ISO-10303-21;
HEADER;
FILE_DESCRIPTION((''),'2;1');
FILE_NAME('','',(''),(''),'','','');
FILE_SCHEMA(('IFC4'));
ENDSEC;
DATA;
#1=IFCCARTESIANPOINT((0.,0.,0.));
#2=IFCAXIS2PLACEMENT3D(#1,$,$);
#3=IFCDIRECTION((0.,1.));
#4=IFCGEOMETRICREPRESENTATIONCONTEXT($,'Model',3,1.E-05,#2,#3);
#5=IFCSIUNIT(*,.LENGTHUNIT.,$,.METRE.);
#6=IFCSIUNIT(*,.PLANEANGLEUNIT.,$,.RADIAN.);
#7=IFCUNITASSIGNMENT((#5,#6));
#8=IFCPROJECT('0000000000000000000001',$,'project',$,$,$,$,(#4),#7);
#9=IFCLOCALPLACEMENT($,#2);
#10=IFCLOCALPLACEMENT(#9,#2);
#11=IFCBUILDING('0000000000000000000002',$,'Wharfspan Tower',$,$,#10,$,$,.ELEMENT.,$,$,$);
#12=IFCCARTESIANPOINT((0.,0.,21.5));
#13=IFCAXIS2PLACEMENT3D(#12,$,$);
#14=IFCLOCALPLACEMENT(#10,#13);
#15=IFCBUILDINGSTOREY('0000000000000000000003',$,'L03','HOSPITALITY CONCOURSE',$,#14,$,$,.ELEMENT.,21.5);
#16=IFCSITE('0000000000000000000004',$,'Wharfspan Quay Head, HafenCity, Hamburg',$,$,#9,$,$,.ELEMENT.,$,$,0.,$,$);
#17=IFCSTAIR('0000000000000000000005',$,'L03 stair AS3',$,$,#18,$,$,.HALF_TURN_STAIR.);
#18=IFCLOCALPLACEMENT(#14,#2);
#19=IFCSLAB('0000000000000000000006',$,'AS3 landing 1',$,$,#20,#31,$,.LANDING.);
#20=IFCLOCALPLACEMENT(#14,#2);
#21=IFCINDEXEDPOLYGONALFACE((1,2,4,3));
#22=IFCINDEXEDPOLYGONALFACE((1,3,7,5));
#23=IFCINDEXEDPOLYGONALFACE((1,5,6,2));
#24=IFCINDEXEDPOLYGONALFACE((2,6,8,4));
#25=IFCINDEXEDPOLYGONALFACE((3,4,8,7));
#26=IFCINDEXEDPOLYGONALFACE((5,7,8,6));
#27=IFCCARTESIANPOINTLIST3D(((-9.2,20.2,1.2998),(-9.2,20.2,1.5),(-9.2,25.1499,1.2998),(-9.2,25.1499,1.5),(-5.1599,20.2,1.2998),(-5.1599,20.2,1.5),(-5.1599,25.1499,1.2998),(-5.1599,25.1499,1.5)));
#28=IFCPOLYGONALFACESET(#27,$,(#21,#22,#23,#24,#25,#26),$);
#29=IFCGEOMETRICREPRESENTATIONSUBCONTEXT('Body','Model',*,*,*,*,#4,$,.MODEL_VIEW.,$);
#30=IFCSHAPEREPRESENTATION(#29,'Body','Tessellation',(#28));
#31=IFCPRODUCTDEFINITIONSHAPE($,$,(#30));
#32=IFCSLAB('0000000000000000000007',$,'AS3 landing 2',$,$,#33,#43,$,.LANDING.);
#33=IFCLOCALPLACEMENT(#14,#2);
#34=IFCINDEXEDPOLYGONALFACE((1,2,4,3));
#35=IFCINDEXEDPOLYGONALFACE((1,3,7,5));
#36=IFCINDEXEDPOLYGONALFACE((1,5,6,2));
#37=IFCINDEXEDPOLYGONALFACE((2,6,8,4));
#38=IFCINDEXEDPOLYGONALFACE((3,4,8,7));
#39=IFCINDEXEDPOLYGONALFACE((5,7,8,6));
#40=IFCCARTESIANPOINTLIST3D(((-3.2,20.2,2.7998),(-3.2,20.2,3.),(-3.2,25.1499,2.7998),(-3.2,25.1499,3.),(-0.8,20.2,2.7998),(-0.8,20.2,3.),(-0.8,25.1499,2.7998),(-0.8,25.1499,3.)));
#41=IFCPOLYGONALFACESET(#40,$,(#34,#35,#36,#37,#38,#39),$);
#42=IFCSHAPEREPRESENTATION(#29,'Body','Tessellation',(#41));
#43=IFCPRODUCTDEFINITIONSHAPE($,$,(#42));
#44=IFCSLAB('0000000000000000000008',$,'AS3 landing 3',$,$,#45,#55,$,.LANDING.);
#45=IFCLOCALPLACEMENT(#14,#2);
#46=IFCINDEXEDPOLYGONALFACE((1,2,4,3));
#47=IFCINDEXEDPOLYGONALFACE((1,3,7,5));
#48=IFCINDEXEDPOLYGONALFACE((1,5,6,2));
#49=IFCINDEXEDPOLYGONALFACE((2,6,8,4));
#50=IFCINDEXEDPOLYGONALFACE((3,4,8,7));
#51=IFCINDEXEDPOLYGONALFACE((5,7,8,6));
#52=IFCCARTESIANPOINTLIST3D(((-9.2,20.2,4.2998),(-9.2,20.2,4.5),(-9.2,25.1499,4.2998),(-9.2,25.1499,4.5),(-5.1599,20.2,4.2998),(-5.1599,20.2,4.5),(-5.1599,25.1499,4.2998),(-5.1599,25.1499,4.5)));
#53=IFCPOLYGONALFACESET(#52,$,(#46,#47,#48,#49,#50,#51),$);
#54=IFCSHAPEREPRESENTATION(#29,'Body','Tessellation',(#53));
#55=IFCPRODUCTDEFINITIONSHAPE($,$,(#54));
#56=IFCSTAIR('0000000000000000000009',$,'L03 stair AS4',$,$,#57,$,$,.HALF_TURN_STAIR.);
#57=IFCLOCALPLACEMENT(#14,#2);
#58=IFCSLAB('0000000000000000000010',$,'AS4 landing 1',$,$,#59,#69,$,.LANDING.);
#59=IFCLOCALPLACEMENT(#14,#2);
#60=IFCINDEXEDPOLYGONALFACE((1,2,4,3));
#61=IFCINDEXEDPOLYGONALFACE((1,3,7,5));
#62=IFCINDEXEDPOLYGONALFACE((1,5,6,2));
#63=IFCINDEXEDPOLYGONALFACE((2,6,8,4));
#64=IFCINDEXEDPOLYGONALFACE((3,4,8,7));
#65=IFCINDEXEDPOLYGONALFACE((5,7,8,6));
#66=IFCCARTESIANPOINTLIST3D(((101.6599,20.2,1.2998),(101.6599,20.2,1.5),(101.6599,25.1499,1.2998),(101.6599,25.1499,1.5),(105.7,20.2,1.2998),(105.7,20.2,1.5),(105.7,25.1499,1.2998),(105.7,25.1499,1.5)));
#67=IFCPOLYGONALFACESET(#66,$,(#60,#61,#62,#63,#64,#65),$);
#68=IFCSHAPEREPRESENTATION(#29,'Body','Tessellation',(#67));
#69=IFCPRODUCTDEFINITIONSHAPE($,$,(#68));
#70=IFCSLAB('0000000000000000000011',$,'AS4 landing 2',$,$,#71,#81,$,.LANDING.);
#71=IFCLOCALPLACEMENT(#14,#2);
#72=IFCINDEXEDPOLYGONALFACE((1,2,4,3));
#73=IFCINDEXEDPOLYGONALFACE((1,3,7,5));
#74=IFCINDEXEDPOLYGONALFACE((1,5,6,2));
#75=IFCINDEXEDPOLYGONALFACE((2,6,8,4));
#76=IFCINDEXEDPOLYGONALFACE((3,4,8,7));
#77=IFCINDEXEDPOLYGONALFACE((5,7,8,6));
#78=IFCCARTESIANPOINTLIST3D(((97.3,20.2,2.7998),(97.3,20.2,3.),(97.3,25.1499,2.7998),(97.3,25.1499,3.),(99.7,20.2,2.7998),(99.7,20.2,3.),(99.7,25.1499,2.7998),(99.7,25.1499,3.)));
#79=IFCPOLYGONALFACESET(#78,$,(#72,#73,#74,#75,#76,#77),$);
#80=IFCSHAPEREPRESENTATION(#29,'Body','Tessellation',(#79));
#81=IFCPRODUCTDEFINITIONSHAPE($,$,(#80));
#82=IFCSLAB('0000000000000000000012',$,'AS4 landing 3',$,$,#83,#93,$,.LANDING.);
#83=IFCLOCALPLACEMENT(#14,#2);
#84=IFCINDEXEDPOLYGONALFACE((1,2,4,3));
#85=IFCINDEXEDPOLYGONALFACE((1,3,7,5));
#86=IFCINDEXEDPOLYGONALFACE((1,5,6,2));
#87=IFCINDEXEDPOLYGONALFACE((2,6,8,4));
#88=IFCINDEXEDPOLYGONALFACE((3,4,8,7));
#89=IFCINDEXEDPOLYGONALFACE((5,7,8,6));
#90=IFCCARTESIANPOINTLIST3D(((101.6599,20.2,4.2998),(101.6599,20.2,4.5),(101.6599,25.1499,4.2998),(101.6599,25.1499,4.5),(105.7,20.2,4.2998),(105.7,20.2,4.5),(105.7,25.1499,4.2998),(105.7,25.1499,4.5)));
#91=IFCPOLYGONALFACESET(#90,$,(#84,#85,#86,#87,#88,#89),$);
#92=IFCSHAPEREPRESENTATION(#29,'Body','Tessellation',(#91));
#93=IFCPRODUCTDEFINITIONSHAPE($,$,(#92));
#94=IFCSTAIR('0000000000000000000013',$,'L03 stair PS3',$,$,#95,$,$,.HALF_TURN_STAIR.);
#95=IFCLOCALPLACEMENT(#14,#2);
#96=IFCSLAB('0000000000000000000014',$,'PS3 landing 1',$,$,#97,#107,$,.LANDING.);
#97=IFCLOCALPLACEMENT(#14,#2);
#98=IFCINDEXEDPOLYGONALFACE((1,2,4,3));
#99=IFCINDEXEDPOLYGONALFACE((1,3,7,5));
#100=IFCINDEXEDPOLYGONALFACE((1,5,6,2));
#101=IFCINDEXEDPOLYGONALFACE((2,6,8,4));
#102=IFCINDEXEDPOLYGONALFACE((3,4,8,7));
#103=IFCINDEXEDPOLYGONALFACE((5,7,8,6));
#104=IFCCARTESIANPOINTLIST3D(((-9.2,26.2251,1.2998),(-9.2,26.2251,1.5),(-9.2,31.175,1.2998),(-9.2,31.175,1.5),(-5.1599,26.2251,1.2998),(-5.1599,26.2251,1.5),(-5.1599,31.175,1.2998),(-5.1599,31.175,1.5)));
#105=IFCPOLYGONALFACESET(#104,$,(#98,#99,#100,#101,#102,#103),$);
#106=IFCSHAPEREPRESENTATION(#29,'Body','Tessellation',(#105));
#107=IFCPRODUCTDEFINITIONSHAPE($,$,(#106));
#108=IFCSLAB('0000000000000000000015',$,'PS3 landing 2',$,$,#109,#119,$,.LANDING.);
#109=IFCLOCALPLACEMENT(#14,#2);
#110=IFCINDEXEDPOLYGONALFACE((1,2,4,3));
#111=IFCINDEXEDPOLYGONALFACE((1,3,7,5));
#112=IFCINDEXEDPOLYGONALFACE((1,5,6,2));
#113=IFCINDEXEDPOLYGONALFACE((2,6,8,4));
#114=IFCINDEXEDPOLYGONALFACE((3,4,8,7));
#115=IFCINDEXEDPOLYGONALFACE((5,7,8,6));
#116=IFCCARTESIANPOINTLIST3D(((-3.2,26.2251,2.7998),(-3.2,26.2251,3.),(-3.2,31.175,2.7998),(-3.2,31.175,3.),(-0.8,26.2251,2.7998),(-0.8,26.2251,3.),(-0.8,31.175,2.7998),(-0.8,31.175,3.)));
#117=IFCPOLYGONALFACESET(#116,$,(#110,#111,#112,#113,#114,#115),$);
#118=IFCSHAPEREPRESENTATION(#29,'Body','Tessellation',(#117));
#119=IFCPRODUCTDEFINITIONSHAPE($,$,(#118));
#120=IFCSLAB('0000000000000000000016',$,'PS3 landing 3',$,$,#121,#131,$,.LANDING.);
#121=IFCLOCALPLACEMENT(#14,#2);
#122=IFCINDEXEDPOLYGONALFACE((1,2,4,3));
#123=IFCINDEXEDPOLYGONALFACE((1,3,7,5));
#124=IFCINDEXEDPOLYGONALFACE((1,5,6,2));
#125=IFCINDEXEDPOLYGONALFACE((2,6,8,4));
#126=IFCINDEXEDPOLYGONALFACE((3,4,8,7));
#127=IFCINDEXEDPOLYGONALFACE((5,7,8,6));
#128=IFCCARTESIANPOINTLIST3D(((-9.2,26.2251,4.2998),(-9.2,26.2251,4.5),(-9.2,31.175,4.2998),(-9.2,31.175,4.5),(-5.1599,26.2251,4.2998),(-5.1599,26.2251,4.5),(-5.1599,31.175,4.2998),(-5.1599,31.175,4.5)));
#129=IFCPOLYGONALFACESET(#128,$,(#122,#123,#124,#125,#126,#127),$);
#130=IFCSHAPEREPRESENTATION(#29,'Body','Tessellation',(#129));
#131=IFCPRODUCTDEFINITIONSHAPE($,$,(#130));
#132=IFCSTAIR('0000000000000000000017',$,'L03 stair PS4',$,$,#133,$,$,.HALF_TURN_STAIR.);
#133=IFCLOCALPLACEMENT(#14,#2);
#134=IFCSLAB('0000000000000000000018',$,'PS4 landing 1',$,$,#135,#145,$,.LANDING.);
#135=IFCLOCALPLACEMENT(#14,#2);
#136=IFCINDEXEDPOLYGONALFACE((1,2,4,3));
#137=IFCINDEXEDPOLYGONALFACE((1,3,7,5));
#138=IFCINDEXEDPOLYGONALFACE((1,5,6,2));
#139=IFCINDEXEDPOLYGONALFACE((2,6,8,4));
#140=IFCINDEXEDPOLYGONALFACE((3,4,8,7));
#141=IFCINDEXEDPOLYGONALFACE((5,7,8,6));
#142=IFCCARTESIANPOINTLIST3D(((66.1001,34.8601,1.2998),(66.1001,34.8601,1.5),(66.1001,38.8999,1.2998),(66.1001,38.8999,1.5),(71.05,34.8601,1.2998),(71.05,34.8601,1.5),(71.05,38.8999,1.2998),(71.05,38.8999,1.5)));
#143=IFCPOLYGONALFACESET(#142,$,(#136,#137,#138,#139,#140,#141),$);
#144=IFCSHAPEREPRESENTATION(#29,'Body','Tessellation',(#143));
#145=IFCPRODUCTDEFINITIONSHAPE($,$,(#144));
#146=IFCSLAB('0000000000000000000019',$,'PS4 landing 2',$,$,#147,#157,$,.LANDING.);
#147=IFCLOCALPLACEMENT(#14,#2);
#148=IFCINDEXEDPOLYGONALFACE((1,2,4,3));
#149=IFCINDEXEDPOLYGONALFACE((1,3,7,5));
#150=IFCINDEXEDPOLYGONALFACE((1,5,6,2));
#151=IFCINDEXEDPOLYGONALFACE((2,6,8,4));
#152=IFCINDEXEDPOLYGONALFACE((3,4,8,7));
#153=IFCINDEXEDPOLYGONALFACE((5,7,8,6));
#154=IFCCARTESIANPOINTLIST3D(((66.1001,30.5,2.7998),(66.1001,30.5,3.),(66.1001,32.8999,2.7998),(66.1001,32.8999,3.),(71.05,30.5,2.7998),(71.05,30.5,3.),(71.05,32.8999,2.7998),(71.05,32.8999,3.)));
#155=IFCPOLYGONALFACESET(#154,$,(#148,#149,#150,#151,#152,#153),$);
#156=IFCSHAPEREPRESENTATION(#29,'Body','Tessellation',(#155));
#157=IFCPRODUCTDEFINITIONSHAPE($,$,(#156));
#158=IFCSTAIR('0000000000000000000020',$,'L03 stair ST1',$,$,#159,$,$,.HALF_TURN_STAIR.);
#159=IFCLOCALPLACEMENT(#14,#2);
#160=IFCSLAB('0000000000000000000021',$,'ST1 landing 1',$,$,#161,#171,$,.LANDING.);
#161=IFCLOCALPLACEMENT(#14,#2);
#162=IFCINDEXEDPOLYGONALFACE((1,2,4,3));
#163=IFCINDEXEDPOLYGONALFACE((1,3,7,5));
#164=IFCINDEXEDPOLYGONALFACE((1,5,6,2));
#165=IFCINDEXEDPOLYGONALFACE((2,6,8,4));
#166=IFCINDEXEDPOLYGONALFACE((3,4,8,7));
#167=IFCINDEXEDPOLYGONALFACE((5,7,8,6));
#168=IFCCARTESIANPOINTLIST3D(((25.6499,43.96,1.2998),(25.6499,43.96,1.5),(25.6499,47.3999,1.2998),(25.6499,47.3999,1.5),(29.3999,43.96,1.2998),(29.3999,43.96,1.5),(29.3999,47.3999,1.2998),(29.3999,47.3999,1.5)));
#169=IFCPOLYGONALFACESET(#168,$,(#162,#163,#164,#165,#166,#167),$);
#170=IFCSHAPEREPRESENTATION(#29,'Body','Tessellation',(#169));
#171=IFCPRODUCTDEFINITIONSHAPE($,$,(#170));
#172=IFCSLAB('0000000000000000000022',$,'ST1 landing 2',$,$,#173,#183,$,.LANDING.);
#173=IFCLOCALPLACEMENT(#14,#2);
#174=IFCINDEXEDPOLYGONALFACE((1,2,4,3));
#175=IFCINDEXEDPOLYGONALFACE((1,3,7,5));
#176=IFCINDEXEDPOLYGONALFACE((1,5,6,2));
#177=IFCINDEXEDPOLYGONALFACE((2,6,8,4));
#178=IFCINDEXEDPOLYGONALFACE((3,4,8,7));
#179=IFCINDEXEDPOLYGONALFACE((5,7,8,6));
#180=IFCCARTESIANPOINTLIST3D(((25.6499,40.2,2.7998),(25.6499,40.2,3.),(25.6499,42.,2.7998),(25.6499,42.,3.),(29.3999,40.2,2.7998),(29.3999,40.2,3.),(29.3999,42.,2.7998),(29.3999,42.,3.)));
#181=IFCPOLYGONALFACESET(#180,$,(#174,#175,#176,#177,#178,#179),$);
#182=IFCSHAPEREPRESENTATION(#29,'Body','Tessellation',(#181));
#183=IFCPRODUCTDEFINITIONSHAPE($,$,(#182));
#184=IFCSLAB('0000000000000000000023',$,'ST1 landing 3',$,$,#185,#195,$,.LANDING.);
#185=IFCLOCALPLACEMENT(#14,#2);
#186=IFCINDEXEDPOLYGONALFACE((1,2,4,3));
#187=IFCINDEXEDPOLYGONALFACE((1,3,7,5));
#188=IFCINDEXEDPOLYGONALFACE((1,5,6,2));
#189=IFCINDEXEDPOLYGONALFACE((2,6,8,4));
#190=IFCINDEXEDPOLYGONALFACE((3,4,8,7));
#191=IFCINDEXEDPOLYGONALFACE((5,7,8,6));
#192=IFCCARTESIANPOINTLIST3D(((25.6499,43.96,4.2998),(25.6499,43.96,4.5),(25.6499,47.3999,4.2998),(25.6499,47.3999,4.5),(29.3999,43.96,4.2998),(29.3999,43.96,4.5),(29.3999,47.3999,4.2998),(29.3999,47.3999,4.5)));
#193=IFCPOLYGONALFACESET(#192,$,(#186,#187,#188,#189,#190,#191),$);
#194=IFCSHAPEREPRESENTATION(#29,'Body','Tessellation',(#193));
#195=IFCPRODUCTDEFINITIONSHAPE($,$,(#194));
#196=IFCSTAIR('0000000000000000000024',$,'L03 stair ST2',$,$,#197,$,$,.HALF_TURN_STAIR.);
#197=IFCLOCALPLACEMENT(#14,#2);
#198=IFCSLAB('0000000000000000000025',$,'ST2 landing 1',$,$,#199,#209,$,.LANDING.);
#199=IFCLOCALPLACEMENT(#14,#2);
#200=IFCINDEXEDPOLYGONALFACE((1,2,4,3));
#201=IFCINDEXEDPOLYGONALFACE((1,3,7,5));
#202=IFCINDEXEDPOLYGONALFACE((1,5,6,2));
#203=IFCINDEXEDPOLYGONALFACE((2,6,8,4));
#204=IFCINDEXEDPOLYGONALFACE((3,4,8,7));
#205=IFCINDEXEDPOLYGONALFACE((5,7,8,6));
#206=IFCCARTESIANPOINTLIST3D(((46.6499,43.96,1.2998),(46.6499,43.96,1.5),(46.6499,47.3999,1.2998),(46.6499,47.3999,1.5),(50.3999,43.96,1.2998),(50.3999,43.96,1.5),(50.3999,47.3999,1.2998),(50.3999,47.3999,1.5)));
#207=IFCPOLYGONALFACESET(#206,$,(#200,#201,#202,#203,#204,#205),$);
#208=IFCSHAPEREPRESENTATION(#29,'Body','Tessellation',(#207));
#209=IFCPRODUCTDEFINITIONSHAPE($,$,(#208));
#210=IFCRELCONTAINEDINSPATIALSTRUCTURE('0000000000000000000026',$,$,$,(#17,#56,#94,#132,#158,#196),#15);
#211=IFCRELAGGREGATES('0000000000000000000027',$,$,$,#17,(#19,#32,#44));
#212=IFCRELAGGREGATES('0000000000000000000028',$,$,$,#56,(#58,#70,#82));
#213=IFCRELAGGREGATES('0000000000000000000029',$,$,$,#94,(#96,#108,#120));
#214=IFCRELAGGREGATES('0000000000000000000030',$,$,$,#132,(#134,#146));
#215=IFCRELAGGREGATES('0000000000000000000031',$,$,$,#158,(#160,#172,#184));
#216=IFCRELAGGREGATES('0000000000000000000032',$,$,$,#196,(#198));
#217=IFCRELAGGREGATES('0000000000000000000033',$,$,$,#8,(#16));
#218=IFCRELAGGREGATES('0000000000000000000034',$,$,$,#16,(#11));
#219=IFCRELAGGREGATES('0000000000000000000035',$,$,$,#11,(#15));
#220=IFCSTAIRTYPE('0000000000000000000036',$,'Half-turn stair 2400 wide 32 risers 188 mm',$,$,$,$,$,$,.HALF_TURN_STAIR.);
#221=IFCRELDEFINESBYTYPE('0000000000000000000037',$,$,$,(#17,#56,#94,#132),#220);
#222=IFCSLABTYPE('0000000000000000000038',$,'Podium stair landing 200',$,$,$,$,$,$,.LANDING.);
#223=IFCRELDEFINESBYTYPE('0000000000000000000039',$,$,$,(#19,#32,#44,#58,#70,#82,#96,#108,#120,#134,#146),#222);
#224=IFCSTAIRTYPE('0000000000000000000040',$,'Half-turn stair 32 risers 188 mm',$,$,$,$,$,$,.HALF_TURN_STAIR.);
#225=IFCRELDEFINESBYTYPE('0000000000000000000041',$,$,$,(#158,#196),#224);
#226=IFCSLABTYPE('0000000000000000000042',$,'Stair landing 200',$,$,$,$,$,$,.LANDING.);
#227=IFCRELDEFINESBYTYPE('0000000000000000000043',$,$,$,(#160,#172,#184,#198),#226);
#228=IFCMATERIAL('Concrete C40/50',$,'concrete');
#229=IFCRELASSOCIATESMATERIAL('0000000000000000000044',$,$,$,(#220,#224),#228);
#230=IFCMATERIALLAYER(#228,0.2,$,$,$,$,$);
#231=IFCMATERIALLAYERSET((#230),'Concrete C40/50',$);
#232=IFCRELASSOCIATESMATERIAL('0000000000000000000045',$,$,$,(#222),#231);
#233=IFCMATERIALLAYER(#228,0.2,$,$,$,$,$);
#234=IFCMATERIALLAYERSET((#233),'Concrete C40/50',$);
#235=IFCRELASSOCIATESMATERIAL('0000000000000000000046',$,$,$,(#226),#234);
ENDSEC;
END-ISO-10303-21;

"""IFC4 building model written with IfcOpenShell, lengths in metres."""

from ifc_helpers import new_model, si_unit, direction, frame, origin, place, context, subcontext, project, spatial, polyline, outline, extrude, material, layer, layer_set, type_object, element, aggregate, save


model = new_model("IFC4")

# Units and contexts
model_context = context("Model", 3, precision=1e-05, world=origin(), true_north=direction((0.0, 1.0)))
body_context = subcontext(model_context, "Body", "Model", "MODEL_VIEW")
ifc_project = project(units=[si_unit("LENGTHUNIT", "METRE"), si_unit("PLANEANGLEUNIT", "RADIAN")], contexts=[model_context])

# Site, building, storey
site_placement = place(None, origin())
site = spatial("IfcSite", under=ifc_project, at=site_placement, Name="Wharfspan Quay Head, HafenCity, Hamburg", CompositionType="ELEMENT", RefElevation=0.0)
building_placement = place(site_placement, origin())
building = spatial("IfcBuilding", under=site, at=building_placement, Name="Wharfspan Tower", CompositionType="ELEMENT")
storey_placement = place(building_placement, frame((0.0, 0.0, 21.5)))
storey = spatial("IfcBuildingStorey", under=building, at=storey_placement, Name="L03", Description="HOSPITALITY CONCOURSE", CompositionType="ELEMENT", Elevation=21.5)

# Stairs, slabs
ifc_material_1 = material(Name="Concrete C40/50", Category="concrete")
stair_type_1 = type_object("IfcStairType", Name="Half-turn stair 2400 wide 32 risers 188 mm", PredefinedType="HALF_TURN_STAIR", material=ifc_material_1)
ifc_layer_1 = layer(ifc_material_1, 0.2)
ifc_layer_set_1 = layer_set([ifc_layer_1], Name="Concrete C40/50")
slab_type_1 = type_object("IfcSlabType", Name="Podium stair landing 200", PredefinedType="LANDING", material=ifc_layer_set_1)
stair_1_placement = place(storey_placement, origin())
stair_1 = element("IfcStair", 1, at=stair_1_placement, inside=storey, type_object=stair_type_1, Name="L03 stair AS3", PredefinedType="HALF_TURN_STAIR")
slab_1_placement = place(storey_placement, frame((0.0, 0.0, 1.2998)))
slab_1 = element("IfcSlab", 2, at=slab_1_placement, type_object=slab_type_1, Name="AS3 landing 1", PredefinedType="LANDING", context=body_context, shape_type="SweptSolid", body=[
    extrude(outline(polyline([(-5.1599, 25.1499), (-9.2, 25.1499), (-9.2, 20.2), (-5.1599, 20.2), (-5.1599, 25.1499)])), origin(), (0.0, 0.0, 1.0), 0.2002),
])
slab_2_placement = place(storey_placement, frame((0.0, 0.0, 2.7998)))
slab_2 = element("IfcSlab", 3, at=slab_2_placement, type_object=slab_type_1, Name="AS3 landing 2", PredefinedType="LANDING", context=body_context, shape_type="SweptSolid", body=[
    extrude(outline(polyline([(-0.8, 25.1499), (-3.2, 25.1499), (-3.2, 20.2), (-0.8, 20.2), (-0.8, 25.1499)])), origin(), (0.0, 0.0, 1.0), 0.2002),
])
slab_3_placement = place(storey_placement, frame((0.0, 0.0, 4.2998)))
slab_3 = element("IfcSlab", 4, at=slab_3_placement, type_object=slab_type_1, Name="AS3 landing 3", PredefinedType="LANDING", context=body_context, shape_type="SweptSolid", body=[
    extrude(outline(polyline([(-5.1599, 25.1499), (-9.2, 25.1499), (-9.2, 20.2), (-5.1599, 20.2), (-5.1599, 25.1499)])), origin(), (0.0, 0.0, 1.0), 0.2002),
])
aggregate(stair_1, [slab_1, slab_2, slab_3])
stair_2_placement = place(storey_placement, origin())
stair_2 = element("IfcStair", 5, at=stair_2_placement, inside=storey, type_object=stair_type_1, Name="L03 stair AS4", PredefinedType="HALF_TURN_STAIR")
slab_4_placement = place(storey_placement, frame((0.0, 0.0, 1.2998)))
slab_4 = element("IfcSlab", 6, at=slab_4_placement, type_object=slab_type_1, Name="AS4 landing 1", PredefinedType="LANDING", context=body_context, shape_type="SweptSolid", body=[
    extrude(outline(polyline([(101.6599, 20.2), (105.7, 20.2), (105.7, 25.1499), (101.6599, 25.1499), (101.6599, 20.2)])), origin(), (0.0, 0.0, 1.0), 0.2002),
])
slab_5_placement = place(storey_placement, frame((0.0, 0.0, 2.7998)))
slab_5 = element("IfcSlab", 7, at=slab_5_placement, type_object=slab_type_1, Name="AS4 landing 2", PredefinedType="LANDING", context=body_context, shape_type="SweptSolid", body=[
    extrude(outline(polyline([(97.3, 20.2), (99.7, 20.2), (99.7, 25.1499), (97.3, 25.1499), (97.3, 20.2)])), origin(), (0.0, 0.0, 1.0), 0.2002),
])
slab_6_placement = place(storey_placement, frame((0.0, 0.0, 4.2998)))
slab_6 = element("IfcSlab", 8, at=slab_6_placement, type_object=slab_type_1, Name="AS4 landing 3", PredefinedType="LANDING", context=body_context, shape_type="SweptSolid", body=[
    extrude(outline(polyline([(101.6599, 20.2), (105.7, 20.2), (105.7, 25.1499), (101.6599, 25.1499), (101.6599, 20.2)])), origin(), (0.0, 0.0, 1.0), 0.2002),
])
aggregate(stair_2, [slab_4, slab_5, slab_6])
stair_3_placement = place(storey_placement, origin())
stair_3 = element("IfcStair", 9, at=stair_3_placement, inside=storey, type_object=stair_type_1, Name="L03 stair PS3", PredefinedType="HALF_TURN_STAIR")
slab_7_placement = place(storey_placement, frame((0.0, 0.0, 1.2998)))
slab_7 = element("IfcSlab", 10, at=slab_7_placement, type_object=slab_type_1, Name="PS3 landing 1", PredefinedType="LANDING", context=body_context, shape_type="SweptSolid", body=[
    extrude(outline(polyline([(-5.1599, 31.175), (-9.2, 31.175), (-9.2, 26.2251), (-5.1599, 26.2251), (-5.1599, 31.175)])), origin(), (0.0, 0.0, 1.0), 0.2002),
])
slab_8_placement = place(storey_placement, frame((0.0, 0.0, 2.7998)))
slab_8 = element("IfcSlab", 11, at=slab_8_placement, type_object=slab_type_1, Name="PS3 landing 2", PredefinedType="LANDING", context=body_context, shape_type="SweptSolid", body=[
    extrude(outline(polyline([(-0.8, 31.175), (-3.2, 31.175), (-3.2, 26.2251), (-0.8, 26.2251), (-0.8, 31.175)])), origin(), (0.0, 0.0, 1.0), 0.2002),
])
slab_9_placement = place(storey_placement, frame((0.0, 0.0, 4.2998)))
slab_9 = element("IfcSlab", 12, at=slab_9_placement, type_object=slab_type_1, Name="PS3 landing 3", PredefinedType="LANDING", context=body_context, shape_type="SweptSolid", body=[
    extrude(outline(polyline([(-5.1599, 31.175), (-9.2, 31.175), (-9.2, 26.2251), (-5.1599, 26.2251), (-5.1599, 31.175)])), origin(), (0.0, 0.0, 1.0), 0.2002),
])
aggregate(stair_3, [slab_7, slab_8, slab_9])
stair_4_placement = place(storey_placement, origin())
stair_4 = element("IfcStair", 13, at=stair_4_placement, inside=storey, type_object=stair_type_1, Name="L03 stair PS4", PredefinedType="HALF_TURN_STAIR")
slab_10_placement = place(storey_placement, frame((0.0, 0.0, 1.2998)))
slab_10 = element("IfcSlab", 14, at=slab_10_placement, type_object=slab_type_1, Name="PS4 landing 1", PredefinedType="LANDING", context=body_context, shape_type="SweptSolid", body=[
    extrude(outline(polyline([(71.05, 34.8601), (71.05, 38.8999), (66.1001, 38.8999), (66.1001, 34.8601), (71.05, 34.8601)])), origin(), (0.0, 0.0, 1.0), 0.2002),
])
slab_11_placement = place(storey_placement, frame((0.0, 0.0, 2.7998)))
slab_11 = element("IfcSlab", 15, at=slab_11_placement, type_object=slab_type_1, Name="PS4 landing 2", PredefinedType="LANDING", context=body_context, shape_type="SweptSolid", body=[
    extrude(outline(polyline([(71.05, 30.5), (71.05, 32.8999), (66.1001, 32.8999), (66.1001, 30.5), (71.05, 30.5)])), origin(), (0.0, 0.0, 1.0), 0.2002),
])
aggregate(stair_4, [slab_10, slab_11])
stair_type_2 = type_object("IfcStairType", Name="Half-turn stair 32 risers 188 mm", PredefinedType="HALF_TURN_STAIR", material=ifc_material_1)
stair_5_placement = place(storey_placement, origin())
stair_5 = element("IfcStair", 16, at=stair_5_placement, inside=storey, type_object=stair_type_2, Name="L03 stair ST1", PredefinedType="HALF_TURN_STAIR")
ifc_layer_2 = layer(ifc_material_1, 0.2)
ifc_layer_set_2 = layer_set([ifc_layer_2], Name="Concrete C40/50")
slab_type_2 = type_object("IfcSlabType", Name="Stair landing 200", PredefinedType="LANDING", material=ifc_layer_set_2)
slab_12_placement = place(storey_placement, frame((0.0, 0.0, 1.2998)))
slab_12 = element("IfcSlab", 17, at=slab_12_placement, type_object=slab_type_2, Name="ST1 landing 1", PredefinedType="LANDING", context=body_context, shape_type="SweptSolid", body=[
    extrude(outline(polyline([(29.3999, 43.96), (29.3999, 47.3999), (25.6499, 47.3999), (25.6499, 43.96), (29.3999, 43.96)])), origin(), (0.0, 0.0, 1.0), 0.2002),
])
slab_13_placement = place(storey_placement, frame((0.0, 0.0, 2.7998)))
slab_13 = element("IfcSlab", 18, at=slab_13_placement, type_object=slab_type_2, Name="ST1 landing 2", PredefinedType="LANDING", context=body_context, shape_type="SweptSolid", body=[
    extrude(outline(polyline([(29.3999, 40.2), (29.3999, 42.0), (25.6499, 42.0), (25.6499, 40.2), (29.3999, 40.2)])), origin(), (0.0, 0.0, 1.0), 0.2002),
])
slab_14_placement = place(storey_placement, frame((0.0, 0.0, 4.2998)))
slab_14 = element("IfcSlab", 19, at=slab_14_placement, type_object=slab_type_2, Name="ST1 landing 3", PredefinedType="LANDING", context=body_context, shape_type="SweptSolid", body=[
    extrude(outline(polyline([(29.3999, 43.96), (29.3999, 47.3999), (25.6499, 47.3999), (25.6499, 43.96), (29.3999, 43.96)])), origin(), (0.0, 0.0, 1.0), 0.2002),
])
aggregate(stair_5, [slab_12, slab_13, slab_14])
stair_6_placement = place(storey_placement, origin())
stair_6 = element("IfcStair", 20, at=stair_6_placement, inside=storey, type_object=stair_type_2, Name="L03 stair ST2", PredefinedType="HALF_TURN_STAIR")
slab_15_placement = place(storey_placement, frame((0.0, 0.0, 1.2998)))
slab_15 = element("IfcSlab", 21, at=slab_15_placement, type_object=slab_type_2, Name="ST2 landing 1", PredefinedType="LANDING", context=body_context, shape_type="SweptSolid", body=[
    extrude(outline(polyline([(50.3999, 43.96), (50.3999, 47.3999), (46.6499, 47.3999), (46.6499, 43.96), (50.3999, 43.96)])), origin(), (0.0, 0.0, 1.0), 0.2002),
])
aggregate(stair_6, [slab_15])

save(model, "model.ifc")
